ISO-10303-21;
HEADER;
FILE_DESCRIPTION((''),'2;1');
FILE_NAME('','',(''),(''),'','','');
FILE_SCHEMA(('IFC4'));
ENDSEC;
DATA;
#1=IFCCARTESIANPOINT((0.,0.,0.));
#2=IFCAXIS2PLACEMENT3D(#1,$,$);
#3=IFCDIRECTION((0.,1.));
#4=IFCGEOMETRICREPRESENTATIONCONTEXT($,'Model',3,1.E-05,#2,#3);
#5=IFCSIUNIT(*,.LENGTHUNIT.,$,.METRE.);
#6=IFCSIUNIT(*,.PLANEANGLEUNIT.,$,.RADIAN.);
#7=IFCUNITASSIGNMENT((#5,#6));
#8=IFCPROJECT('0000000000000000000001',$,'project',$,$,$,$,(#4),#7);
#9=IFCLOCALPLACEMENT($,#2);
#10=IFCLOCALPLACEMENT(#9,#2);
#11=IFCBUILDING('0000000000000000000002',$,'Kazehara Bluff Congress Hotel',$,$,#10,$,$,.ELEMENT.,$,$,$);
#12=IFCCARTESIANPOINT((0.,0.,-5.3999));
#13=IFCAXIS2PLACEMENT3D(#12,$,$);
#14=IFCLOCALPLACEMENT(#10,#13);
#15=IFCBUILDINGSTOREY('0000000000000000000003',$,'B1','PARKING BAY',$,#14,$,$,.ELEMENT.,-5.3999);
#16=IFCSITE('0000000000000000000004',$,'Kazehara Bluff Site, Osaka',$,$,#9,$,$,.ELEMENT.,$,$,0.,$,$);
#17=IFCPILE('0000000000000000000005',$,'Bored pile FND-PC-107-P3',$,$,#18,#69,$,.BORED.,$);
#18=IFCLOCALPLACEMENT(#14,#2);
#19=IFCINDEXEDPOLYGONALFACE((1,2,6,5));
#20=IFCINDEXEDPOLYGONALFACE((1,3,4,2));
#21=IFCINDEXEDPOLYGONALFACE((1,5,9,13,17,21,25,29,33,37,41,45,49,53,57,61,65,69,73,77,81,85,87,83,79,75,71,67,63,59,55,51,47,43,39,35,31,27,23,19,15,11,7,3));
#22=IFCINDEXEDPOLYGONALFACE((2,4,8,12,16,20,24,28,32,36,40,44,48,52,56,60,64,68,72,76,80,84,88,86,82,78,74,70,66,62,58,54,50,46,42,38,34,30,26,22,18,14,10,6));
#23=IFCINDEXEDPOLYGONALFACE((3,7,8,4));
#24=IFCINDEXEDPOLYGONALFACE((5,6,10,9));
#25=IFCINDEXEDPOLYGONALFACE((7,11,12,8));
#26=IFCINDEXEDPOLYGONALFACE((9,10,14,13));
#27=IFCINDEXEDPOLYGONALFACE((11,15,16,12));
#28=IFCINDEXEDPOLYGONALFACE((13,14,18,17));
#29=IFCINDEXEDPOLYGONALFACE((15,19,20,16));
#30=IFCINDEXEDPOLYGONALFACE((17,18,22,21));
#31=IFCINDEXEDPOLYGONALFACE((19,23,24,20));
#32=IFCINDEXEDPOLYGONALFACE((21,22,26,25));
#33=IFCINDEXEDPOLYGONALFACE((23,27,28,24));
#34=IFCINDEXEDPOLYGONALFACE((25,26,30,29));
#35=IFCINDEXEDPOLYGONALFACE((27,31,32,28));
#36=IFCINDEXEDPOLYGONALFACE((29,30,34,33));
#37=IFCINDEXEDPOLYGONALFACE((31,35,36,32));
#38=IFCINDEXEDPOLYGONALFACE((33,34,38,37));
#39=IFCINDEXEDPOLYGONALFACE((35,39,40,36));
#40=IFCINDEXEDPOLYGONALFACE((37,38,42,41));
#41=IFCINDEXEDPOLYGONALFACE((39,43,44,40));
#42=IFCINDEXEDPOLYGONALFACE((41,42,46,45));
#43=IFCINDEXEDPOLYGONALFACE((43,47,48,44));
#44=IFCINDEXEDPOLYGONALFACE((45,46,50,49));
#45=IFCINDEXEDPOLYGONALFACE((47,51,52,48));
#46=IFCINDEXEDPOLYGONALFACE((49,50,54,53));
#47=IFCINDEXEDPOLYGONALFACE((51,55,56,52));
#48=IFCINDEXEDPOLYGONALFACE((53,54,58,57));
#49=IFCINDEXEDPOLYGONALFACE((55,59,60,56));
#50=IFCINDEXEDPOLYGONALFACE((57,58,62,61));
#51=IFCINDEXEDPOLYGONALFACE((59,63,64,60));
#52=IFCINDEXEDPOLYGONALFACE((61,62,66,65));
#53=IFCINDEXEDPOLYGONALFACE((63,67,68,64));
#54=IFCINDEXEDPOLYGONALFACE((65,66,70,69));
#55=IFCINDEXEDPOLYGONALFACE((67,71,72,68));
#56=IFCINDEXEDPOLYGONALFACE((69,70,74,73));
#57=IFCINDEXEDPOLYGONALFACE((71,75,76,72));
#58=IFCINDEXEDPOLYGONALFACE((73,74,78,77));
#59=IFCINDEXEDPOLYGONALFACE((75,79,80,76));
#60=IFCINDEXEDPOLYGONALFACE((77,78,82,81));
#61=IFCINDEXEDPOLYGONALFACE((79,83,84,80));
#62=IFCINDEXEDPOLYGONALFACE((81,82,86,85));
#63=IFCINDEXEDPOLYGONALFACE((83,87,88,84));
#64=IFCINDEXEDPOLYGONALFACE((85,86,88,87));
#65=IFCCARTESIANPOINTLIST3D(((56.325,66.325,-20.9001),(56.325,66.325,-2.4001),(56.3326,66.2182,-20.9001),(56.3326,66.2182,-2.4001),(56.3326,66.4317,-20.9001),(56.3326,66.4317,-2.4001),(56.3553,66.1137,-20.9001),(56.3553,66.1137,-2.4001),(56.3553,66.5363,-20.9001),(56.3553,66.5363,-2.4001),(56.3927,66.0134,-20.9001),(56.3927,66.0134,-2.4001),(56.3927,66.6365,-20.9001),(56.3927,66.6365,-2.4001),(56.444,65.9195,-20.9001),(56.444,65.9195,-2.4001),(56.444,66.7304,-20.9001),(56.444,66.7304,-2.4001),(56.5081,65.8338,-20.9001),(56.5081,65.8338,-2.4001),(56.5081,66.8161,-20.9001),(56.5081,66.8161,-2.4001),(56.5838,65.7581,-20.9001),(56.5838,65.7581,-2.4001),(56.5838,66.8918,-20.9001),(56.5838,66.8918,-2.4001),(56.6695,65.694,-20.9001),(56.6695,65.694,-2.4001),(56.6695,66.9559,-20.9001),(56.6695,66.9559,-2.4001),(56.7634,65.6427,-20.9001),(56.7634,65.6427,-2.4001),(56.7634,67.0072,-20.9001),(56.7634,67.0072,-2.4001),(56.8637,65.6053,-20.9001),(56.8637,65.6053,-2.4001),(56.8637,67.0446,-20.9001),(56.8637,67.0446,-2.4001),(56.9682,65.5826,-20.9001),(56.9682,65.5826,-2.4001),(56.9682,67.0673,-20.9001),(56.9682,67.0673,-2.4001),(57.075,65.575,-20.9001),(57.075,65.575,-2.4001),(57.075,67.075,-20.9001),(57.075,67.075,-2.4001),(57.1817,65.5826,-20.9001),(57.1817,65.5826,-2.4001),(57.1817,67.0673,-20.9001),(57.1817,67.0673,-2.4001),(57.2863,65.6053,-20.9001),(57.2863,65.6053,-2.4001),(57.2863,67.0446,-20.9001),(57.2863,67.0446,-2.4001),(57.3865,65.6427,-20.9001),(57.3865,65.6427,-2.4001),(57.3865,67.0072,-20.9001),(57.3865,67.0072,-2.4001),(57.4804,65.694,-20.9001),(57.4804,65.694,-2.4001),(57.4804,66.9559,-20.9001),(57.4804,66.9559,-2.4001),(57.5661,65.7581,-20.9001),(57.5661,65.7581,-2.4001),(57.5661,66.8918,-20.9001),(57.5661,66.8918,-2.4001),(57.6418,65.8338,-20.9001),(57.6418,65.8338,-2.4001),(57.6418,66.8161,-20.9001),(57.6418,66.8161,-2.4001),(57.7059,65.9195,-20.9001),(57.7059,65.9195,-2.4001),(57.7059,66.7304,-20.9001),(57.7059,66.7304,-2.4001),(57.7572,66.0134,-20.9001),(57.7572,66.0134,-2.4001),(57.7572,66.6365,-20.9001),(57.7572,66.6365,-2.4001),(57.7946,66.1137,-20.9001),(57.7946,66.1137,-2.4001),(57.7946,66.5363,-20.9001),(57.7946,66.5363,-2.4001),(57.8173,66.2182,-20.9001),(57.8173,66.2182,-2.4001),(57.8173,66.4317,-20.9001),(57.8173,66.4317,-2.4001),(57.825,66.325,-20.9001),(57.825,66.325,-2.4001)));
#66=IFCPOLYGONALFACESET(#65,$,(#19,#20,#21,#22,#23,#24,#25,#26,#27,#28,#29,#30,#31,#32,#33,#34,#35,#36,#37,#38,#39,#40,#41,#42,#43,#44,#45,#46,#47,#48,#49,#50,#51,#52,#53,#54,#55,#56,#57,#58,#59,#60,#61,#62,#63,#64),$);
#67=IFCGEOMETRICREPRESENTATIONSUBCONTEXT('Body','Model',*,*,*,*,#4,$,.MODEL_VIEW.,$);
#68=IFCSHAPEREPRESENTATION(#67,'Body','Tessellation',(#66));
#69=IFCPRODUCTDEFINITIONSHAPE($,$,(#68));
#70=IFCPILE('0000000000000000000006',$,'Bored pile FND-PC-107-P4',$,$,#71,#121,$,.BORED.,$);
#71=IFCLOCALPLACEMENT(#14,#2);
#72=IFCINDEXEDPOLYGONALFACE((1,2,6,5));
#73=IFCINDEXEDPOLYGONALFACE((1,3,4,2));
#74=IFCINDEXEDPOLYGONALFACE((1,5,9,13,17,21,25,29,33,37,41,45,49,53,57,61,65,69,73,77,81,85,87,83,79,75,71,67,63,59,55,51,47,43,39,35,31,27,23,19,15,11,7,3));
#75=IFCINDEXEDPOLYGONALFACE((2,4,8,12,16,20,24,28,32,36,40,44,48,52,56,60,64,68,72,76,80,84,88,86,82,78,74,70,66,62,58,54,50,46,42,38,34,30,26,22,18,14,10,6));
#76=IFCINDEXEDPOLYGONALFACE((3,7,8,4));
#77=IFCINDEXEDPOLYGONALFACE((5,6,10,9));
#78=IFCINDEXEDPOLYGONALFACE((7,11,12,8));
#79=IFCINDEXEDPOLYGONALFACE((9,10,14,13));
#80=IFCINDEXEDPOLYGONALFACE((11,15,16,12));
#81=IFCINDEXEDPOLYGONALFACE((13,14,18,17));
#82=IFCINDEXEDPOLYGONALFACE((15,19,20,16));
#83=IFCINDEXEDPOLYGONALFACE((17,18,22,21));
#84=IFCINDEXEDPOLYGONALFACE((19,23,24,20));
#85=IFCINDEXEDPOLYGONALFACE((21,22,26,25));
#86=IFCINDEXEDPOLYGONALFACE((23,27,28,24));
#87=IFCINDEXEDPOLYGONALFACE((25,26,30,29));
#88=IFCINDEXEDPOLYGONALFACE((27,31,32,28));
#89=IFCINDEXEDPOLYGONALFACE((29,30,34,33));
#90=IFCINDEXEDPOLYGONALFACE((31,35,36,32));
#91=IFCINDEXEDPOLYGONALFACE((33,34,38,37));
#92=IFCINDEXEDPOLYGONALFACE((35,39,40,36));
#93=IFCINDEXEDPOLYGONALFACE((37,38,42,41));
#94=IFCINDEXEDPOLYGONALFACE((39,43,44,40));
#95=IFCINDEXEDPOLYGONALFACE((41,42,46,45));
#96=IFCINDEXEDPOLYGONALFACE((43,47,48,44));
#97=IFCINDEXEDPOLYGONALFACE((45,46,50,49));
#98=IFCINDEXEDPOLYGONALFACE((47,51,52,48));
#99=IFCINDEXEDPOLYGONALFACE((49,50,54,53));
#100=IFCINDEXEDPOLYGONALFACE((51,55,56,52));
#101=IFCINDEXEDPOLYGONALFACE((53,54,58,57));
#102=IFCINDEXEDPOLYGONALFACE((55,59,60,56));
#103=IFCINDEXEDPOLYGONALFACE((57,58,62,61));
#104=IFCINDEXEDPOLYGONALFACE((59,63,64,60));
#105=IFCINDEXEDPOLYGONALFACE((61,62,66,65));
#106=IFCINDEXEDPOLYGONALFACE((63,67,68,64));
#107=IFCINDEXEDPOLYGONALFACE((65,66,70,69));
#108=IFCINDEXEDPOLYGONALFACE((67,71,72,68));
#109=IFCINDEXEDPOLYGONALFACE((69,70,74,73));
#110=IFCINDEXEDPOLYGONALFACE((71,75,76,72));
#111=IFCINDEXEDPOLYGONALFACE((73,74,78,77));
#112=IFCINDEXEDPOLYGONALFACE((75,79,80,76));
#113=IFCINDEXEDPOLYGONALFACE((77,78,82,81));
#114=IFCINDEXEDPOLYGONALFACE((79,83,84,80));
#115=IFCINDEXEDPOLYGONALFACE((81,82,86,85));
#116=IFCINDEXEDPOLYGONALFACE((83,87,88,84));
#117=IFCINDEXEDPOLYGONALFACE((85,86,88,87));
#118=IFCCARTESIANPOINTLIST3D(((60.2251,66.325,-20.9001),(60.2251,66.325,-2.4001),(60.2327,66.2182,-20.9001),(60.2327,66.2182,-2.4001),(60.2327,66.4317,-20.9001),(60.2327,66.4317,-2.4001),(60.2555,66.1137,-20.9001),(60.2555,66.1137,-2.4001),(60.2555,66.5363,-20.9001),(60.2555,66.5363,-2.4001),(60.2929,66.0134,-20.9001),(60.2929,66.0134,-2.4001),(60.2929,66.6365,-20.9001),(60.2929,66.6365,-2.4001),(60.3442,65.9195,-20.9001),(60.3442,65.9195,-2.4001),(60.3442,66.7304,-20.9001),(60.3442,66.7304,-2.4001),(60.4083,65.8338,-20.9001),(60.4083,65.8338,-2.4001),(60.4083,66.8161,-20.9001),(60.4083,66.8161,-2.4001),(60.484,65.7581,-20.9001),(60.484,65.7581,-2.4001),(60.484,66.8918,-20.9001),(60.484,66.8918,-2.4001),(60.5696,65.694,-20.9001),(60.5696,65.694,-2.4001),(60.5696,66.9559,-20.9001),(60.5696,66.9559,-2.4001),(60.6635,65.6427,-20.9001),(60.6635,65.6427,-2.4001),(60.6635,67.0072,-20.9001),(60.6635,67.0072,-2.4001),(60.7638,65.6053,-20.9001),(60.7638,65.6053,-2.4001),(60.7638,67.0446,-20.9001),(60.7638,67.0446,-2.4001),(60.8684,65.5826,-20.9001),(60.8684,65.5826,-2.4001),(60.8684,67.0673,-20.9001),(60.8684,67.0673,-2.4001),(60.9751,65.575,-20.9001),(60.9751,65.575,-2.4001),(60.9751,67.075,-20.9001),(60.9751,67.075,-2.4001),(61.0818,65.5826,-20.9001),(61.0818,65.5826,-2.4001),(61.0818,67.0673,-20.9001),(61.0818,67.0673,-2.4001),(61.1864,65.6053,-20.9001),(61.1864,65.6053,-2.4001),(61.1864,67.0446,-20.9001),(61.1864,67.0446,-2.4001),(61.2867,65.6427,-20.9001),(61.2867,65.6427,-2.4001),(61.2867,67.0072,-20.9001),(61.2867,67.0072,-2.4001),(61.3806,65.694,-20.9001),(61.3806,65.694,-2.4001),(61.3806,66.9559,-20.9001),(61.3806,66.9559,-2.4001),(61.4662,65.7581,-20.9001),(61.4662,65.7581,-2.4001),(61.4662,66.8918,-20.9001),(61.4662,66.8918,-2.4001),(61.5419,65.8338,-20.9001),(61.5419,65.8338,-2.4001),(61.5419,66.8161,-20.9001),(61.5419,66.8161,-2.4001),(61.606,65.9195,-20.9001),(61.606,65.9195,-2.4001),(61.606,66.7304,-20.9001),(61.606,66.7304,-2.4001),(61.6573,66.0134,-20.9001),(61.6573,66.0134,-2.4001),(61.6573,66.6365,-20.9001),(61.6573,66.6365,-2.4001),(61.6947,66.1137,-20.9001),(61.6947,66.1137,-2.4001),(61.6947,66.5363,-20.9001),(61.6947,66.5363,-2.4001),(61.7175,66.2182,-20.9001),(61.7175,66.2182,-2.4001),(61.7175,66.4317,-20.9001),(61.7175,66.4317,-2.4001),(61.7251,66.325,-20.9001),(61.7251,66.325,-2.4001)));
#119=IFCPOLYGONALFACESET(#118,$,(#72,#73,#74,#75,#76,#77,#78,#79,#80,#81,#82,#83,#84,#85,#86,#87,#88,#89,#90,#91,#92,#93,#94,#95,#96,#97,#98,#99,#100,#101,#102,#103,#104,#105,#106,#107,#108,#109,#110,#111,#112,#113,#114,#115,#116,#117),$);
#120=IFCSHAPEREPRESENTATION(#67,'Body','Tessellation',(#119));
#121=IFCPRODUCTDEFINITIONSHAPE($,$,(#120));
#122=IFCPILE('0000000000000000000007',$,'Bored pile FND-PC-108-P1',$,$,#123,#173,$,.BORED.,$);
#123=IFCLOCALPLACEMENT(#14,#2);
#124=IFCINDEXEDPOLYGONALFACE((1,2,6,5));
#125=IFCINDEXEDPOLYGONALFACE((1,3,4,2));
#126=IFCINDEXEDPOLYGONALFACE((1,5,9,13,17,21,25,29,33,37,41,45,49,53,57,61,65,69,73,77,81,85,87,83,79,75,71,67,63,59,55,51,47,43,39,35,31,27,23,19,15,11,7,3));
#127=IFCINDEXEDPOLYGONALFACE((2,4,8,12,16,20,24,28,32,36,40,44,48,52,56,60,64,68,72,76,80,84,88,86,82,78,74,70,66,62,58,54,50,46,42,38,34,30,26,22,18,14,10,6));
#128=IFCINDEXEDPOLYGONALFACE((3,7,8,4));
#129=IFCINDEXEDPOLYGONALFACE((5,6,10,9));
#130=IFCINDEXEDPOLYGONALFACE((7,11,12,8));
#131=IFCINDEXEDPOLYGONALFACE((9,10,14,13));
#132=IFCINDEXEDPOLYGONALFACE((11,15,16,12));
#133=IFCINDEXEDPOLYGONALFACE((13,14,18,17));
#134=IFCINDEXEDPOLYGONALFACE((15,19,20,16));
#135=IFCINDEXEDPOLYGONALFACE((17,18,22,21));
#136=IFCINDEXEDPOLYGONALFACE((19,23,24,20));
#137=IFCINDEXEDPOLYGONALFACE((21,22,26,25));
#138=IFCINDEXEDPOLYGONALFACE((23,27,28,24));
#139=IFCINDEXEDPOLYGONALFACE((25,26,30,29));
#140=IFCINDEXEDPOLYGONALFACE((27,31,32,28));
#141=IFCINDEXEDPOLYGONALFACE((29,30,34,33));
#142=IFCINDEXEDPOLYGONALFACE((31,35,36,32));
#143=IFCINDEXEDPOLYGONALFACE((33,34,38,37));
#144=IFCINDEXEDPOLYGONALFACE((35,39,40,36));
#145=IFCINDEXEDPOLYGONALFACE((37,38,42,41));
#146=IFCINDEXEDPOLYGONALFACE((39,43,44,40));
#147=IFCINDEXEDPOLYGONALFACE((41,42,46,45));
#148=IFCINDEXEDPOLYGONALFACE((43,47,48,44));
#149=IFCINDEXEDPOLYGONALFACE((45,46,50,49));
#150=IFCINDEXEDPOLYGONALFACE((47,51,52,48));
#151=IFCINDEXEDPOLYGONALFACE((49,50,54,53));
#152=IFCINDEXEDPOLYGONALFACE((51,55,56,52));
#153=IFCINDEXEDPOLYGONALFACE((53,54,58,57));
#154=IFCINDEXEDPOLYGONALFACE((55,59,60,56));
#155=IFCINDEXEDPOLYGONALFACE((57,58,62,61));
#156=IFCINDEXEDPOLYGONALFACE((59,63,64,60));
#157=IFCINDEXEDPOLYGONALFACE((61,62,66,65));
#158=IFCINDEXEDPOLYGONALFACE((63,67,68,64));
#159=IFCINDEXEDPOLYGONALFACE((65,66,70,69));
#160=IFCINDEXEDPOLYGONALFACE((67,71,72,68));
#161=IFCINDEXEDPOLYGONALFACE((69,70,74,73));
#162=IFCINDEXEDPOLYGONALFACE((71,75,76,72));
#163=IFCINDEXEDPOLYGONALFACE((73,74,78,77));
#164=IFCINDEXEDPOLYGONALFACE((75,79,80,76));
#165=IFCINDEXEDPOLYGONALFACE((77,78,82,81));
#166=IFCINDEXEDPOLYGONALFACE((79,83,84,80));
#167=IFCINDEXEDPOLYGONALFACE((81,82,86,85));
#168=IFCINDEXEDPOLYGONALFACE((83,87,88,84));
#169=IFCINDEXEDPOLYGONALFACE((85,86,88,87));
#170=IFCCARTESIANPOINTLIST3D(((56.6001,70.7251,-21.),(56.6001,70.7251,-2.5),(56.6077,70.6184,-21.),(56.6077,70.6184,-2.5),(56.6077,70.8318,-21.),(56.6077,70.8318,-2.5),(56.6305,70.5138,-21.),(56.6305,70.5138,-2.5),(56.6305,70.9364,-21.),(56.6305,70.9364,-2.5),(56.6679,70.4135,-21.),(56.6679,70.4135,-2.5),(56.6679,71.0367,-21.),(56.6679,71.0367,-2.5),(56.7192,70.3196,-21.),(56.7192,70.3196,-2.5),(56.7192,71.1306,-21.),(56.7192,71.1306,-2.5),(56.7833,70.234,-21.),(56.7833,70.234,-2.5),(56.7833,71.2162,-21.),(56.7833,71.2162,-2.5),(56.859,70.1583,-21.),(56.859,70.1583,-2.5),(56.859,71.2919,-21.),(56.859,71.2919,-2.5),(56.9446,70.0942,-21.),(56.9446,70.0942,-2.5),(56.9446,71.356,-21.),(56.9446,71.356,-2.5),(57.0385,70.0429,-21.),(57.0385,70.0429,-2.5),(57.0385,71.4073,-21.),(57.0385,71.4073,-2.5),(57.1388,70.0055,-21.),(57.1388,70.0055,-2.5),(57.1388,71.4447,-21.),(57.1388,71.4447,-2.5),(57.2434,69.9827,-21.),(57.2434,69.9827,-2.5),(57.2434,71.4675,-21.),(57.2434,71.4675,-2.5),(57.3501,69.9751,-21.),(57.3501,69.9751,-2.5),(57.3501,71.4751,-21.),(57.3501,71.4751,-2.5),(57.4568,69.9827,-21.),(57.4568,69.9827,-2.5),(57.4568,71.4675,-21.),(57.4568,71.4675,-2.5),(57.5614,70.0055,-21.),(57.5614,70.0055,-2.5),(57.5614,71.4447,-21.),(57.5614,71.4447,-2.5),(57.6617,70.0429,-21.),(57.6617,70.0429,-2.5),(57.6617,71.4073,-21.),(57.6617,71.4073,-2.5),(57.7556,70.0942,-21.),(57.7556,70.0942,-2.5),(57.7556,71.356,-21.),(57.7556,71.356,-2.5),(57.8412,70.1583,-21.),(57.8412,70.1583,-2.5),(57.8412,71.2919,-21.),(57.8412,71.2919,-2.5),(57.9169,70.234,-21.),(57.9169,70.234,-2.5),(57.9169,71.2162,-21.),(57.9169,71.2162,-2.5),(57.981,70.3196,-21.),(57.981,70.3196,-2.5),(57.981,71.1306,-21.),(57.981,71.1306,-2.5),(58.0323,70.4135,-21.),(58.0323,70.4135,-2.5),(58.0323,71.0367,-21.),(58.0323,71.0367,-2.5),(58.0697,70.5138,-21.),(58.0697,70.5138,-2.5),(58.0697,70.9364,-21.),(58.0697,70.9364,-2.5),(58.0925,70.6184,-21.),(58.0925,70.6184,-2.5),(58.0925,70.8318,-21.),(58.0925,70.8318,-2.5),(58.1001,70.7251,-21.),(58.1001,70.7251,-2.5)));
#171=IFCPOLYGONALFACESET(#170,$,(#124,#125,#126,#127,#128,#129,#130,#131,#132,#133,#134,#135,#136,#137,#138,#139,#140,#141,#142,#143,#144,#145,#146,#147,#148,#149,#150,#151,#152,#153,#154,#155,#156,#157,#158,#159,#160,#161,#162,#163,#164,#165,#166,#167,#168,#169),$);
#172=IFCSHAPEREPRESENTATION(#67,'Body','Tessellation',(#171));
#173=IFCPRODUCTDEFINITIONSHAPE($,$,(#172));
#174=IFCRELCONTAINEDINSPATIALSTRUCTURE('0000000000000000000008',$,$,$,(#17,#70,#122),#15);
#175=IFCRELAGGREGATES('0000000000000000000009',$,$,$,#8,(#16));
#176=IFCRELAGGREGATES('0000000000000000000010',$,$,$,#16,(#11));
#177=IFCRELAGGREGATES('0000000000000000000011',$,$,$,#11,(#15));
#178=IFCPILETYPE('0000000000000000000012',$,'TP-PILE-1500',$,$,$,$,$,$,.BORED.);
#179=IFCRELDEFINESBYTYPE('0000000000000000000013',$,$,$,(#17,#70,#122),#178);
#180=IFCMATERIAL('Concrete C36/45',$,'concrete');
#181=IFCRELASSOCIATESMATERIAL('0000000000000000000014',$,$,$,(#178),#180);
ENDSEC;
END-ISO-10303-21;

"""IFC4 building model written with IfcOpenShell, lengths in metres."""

from ifc_helpers import new_model, si_unit, direction, frame, origin, origin_2d, place, context, subcontext, project, spatial, circle, extrude, material, material_profile, profile_set, type_object, element, save


model = new_model("IFC4")

# Units and contexts
model_context = context("Model", 3, precision=1e-05, world=origin(), true_north=direction((0.0, 1.0)))
body_context = subcontext(model_context, "Body", "Model", "MODEL_VIEW")
ifc_project = project(units=[si_unit("LENGTHUNIT", "METRE"), si_unit("PLANEANGLEUNIT", "RADIAN")], contexts=[model_context])

# Site, building, storey
site_placement = place(None, origin())
site = spatial("IfcSite", under=ifc_project, at=site_placement, Name="Kazehara Bluff Site, Osaka", CompositionType="ELEMENT", RefElevation=0.0)
building_placement = place(site_placement, origin())
building = spatial("IfcBuilding", under=site, at=building_placement, Name="Kazehara Bluff Congress Hotel", CompositionType="ELEMENT")
storey_placement = place(building_placement, frame((0.0, 0.0, -5.3999)))
storey = spatial("IfcBuildingStorey", under=building, at=storey_placement, Name="B1", Description="PARKING BAY", CompositionType="ELEMENT", Elevation=-5.3999)

# Piles
ifc_material_1 = material(Name="Concrete C36/45", Category="concrete")
ifc_material_profile_1 = material_profile(ifc_material_1, circle(Radius=0.75, at=origin_2d()))
ifc_profile_set_1 = profile_set([ifc_material_profile_1], Name="Concrete C36/45")
pile_type_1 = type_object("IfcPileType", Name="TP-PILE-1500", PredefinedType="BORED", material=ifc_profile_set_1)
for number, where, z_axis, x_axis, name in (
    (1, (57.075, 66.325, -2.4001), (0.0, 0.0, -1.0), (1.0, 0.0, 0.0), "Bored pile FND-PC-107-P3"),
    (2, (60.9751, 66.325, -2.4001), (0.0, 0.0, -1.0), (1.0, 0.0, 0.0), "Bored pile FND-PC-107-P4"),
    (3, (57.3501, 70.7251, -2.5), (0.0, 0.0, -1.0), (1.0, 0.0, 0.0), "Bored pile FND-PC-108-P1"),
):
    element("IfcPile", number, at=place(storey_placement, frame(where, z_axis=z_axis, x_axis=x_axis)), inside=storey, type_object=pile_type_1, Name=name, PredefinedType="BORED", context=body_context, shape_type="SweptSolid", body=[
        extrude(circle(Radius=0.75, at=origin_2d()), origin(), (0.0, 0.0, 1.0), 18.5),
    ])

save(model, "model.ifc")
